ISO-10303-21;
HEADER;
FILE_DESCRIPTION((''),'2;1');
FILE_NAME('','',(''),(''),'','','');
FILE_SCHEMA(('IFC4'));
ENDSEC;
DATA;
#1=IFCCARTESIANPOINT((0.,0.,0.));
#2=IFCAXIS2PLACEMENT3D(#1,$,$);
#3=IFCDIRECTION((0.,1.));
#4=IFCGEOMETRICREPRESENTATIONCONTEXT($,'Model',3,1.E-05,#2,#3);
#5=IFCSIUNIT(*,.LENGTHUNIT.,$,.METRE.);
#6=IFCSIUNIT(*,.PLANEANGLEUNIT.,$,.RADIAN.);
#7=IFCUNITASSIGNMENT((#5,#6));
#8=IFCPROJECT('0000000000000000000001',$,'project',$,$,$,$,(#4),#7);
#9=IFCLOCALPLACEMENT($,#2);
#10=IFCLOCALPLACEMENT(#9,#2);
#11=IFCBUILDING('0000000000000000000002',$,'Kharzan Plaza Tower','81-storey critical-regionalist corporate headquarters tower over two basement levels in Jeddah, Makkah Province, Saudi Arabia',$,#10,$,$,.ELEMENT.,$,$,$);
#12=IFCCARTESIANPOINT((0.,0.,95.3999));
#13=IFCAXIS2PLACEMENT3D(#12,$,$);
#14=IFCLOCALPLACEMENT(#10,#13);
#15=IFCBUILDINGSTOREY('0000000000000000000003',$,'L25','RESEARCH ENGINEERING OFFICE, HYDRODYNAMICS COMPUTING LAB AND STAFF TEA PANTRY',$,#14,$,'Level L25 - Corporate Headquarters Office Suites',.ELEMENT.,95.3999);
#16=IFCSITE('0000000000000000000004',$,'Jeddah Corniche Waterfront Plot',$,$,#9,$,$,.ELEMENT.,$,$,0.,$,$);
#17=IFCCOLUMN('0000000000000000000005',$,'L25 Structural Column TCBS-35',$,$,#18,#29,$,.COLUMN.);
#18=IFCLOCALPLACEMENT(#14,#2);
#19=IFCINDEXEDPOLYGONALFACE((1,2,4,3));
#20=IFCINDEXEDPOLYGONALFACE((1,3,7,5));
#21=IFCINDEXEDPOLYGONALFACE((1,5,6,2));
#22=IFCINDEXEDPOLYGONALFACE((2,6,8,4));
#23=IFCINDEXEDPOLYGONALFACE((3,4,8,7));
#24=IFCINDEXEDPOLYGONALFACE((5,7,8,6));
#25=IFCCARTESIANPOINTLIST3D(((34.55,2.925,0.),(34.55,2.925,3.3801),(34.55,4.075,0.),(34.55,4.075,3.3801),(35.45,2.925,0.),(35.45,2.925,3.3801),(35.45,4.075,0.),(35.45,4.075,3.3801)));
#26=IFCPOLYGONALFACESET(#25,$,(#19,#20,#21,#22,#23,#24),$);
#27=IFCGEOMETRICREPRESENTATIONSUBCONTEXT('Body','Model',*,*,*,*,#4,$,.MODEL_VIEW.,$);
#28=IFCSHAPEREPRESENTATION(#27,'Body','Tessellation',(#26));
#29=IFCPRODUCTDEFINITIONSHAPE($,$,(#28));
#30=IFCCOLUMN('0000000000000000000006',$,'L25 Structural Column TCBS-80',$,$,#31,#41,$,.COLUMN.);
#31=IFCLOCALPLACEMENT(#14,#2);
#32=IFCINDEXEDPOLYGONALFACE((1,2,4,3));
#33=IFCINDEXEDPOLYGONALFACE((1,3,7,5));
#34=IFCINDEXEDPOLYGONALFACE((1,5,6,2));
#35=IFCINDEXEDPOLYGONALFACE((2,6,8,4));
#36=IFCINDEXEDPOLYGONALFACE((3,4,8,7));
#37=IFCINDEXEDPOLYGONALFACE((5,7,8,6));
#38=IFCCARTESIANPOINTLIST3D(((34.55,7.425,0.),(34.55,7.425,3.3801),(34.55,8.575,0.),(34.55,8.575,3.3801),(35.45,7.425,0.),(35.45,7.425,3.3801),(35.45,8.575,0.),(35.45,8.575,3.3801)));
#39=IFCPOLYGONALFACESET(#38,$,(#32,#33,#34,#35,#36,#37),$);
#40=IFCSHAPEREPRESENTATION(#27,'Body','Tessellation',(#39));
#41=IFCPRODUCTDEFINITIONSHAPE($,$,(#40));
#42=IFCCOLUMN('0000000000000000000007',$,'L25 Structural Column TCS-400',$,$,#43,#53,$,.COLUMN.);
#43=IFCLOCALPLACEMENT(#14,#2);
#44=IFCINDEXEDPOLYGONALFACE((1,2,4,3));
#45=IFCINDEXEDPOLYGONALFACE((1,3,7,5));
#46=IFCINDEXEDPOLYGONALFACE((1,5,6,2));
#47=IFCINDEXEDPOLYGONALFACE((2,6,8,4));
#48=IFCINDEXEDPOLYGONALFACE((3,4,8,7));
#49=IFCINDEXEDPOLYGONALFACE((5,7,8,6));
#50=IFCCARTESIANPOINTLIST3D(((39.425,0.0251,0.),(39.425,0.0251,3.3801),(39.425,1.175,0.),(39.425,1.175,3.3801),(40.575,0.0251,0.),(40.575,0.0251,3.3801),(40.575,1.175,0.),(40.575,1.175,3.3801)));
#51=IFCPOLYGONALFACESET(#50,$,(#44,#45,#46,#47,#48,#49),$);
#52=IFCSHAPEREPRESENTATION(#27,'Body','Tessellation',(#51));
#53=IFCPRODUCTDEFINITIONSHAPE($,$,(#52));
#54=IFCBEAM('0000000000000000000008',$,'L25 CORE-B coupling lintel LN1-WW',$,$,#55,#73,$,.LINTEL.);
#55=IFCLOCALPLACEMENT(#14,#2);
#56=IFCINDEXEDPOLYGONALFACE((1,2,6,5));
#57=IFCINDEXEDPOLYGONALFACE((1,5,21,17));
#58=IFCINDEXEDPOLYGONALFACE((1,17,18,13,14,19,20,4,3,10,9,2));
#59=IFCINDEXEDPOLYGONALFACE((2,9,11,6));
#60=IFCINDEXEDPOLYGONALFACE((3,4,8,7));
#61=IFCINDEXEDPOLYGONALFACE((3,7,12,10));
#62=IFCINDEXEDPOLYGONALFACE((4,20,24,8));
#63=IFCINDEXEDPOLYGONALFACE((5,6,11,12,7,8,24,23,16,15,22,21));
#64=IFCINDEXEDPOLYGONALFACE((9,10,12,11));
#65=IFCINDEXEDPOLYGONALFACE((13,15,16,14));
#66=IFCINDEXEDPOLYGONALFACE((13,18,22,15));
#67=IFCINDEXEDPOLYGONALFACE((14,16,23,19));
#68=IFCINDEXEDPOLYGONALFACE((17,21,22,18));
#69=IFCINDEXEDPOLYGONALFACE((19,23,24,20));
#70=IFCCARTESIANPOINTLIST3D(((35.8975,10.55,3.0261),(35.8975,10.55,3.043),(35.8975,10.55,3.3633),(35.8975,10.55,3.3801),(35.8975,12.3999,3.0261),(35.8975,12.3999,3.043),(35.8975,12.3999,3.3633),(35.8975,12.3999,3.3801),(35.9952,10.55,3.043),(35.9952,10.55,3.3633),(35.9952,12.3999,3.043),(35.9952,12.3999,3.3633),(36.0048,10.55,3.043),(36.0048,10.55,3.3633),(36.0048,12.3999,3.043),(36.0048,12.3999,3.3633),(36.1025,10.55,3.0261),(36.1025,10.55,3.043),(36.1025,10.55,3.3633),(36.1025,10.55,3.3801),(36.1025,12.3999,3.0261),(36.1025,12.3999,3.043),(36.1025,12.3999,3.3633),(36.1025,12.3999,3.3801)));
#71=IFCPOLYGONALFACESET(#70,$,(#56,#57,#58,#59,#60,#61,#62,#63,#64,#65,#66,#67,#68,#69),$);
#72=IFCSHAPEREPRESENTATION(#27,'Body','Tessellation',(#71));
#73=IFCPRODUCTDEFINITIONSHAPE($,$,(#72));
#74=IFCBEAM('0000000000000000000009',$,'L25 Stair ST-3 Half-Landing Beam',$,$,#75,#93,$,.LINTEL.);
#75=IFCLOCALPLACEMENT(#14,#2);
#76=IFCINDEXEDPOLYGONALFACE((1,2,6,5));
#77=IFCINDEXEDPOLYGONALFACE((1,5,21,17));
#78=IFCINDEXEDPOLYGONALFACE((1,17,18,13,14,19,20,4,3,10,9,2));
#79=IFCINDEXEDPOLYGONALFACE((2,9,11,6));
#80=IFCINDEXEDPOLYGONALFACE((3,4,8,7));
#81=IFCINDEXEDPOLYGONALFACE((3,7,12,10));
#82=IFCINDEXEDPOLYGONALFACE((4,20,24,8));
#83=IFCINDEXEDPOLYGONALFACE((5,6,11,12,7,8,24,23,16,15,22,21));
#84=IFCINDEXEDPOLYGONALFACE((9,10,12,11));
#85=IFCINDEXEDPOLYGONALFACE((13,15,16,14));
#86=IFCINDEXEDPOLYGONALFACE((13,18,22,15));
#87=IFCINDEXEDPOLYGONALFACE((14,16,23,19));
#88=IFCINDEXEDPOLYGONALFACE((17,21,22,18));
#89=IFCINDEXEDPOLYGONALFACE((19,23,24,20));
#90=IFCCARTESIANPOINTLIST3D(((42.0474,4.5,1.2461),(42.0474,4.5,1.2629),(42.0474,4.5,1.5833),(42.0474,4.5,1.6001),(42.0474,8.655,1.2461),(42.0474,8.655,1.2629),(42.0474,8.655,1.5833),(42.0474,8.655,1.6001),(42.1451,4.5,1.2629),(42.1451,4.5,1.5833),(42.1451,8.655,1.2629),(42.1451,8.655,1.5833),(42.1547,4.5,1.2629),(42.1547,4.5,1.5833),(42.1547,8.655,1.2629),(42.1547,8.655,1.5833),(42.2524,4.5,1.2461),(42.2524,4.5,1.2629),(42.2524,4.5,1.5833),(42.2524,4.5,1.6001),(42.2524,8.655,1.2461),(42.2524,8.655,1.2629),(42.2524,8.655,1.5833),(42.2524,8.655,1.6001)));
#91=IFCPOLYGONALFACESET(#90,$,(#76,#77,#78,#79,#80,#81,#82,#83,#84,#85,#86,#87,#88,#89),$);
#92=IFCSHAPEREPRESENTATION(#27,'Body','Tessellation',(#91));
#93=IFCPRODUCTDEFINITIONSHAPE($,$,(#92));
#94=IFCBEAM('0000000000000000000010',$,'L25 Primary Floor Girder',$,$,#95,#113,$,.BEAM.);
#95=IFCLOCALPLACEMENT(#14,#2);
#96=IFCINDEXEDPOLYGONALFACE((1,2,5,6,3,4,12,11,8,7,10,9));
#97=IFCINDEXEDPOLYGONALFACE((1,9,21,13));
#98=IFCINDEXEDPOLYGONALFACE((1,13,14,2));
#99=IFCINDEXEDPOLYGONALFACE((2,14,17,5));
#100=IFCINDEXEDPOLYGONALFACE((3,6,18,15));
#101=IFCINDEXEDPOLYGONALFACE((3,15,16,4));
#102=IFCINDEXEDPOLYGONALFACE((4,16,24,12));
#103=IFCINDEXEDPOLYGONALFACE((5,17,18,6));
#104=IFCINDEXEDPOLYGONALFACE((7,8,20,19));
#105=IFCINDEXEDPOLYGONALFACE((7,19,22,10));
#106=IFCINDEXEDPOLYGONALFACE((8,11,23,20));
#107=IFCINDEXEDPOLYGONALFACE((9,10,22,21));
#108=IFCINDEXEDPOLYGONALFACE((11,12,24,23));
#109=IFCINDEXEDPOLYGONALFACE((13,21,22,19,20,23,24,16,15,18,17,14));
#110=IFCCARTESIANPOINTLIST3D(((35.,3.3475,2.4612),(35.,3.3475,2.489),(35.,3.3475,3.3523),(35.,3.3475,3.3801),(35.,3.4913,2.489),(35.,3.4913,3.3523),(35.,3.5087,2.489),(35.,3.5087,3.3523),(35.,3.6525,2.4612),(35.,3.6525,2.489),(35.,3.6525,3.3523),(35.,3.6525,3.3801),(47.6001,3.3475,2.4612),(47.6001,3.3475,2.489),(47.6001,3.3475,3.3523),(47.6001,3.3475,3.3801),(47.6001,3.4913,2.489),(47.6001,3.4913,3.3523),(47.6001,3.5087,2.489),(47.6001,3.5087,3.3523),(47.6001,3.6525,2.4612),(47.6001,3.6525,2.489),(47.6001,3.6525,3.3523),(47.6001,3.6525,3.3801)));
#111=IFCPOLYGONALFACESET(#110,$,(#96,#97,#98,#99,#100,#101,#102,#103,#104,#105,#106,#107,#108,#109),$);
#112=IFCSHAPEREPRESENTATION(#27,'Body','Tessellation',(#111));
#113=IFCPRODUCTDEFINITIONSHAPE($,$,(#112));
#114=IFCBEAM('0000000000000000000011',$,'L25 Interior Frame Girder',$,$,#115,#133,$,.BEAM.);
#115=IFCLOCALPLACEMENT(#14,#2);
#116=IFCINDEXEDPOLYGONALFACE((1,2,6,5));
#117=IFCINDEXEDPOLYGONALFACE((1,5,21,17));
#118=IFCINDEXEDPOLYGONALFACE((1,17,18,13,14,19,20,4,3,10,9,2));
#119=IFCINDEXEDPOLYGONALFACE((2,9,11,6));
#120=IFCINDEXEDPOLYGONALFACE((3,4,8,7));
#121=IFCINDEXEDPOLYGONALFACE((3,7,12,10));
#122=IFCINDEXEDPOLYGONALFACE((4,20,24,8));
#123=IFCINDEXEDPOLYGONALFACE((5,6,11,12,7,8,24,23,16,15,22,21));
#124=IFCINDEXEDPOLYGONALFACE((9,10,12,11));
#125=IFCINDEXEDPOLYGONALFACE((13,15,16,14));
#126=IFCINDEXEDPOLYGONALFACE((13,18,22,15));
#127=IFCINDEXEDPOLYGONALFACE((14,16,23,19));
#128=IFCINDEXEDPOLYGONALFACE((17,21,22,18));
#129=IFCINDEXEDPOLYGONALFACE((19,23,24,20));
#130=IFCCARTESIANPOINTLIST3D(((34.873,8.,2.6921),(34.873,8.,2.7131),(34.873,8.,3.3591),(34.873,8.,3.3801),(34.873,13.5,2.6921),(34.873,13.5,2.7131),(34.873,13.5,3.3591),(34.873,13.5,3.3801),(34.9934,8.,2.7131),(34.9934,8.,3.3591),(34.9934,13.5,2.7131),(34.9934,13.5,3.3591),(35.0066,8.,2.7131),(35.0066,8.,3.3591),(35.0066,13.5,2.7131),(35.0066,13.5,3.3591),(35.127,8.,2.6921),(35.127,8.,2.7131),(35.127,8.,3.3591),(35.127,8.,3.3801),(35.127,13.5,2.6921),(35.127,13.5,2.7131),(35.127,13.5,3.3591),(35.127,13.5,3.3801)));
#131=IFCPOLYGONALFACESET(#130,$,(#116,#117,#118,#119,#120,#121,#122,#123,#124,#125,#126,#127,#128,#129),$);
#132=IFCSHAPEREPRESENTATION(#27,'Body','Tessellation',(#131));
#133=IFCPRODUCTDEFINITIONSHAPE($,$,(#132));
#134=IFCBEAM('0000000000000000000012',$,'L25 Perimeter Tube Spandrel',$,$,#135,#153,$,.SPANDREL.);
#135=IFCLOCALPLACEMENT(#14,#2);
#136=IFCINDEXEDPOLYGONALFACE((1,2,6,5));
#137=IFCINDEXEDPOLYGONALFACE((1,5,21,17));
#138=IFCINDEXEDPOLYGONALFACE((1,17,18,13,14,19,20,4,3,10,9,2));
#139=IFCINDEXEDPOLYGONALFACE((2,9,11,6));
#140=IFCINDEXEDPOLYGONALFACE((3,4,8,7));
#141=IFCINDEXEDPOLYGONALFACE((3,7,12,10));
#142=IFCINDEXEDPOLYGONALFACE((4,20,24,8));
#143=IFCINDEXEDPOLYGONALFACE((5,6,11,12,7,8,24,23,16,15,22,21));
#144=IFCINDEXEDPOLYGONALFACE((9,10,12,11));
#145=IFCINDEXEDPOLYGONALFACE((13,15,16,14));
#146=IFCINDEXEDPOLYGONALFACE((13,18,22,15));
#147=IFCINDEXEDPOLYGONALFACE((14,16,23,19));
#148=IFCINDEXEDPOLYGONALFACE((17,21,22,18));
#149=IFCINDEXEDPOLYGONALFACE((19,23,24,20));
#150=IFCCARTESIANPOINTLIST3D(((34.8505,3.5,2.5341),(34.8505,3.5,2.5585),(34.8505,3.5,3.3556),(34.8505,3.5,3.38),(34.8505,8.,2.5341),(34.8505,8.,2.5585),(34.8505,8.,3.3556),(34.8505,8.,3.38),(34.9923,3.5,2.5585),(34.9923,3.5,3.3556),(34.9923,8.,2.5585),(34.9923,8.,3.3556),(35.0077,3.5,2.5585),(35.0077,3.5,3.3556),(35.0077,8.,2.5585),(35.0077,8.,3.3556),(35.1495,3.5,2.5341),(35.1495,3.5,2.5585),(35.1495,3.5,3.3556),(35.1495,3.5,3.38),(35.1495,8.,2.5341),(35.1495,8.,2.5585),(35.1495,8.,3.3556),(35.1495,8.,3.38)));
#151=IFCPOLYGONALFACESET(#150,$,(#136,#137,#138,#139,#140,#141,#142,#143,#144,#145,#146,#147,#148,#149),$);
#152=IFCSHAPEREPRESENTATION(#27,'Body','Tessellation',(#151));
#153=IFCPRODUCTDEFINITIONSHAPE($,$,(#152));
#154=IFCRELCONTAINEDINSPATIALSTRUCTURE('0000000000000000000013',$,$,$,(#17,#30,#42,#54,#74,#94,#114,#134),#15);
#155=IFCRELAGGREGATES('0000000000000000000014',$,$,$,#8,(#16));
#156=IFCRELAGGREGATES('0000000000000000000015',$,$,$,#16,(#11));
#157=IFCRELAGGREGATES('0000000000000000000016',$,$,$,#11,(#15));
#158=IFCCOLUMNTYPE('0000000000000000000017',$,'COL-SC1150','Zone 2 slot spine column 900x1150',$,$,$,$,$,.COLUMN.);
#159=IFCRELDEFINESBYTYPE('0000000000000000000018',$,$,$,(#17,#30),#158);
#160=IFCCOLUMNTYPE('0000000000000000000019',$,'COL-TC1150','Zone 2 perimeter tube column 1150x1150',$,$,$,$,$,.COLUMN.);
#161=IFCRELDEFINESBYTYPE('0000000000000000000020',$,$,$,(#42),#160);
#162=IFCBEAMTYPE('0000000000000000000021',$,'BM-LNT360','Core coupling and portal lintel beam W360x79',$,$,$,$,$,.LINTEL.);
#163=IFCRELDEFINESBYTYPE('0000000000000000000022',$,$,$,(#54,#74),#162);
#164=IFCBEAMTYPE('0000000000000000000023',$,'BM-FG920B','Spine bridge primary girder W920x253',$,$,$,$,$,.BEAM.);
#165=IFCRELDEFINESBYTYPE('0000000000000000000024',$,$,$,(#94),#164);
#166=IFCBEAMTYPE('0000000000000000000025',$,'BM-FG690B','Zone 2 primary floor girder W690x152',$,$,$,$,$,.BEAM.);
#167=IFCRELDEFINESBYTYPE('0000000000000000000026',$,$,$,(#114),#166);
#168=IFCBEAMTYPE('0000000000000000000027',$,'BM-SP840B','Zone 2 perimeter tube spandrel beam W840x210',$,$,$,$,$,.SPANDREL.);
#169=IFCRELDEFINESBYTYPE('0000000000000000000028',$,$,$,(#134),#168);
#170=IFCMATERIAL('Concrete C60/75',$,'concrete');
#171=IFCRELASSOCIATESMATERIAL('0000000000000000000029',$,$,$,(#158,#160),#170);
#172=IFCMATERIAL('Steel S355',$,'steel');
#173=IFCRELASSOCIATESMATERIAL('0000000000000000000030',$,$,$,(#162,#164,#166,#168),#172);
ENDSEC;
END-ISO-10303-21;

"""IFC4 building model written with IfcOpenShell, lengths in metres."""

from ifc_helpers import new_model, si_unit, direction, frame, origin, origin_2d, place, context, subcontext, project, spatial, rectangle, i_section, extrude, source, transform, mapped, material, material_profile, profile_set, type_object, element, save


model = new_model("IFC4")

# Units and contexts
model_context = context("Model", 3, precision=1e-05, world=origin(), true_north=direction((0.0, 1.0)))
body_context = subcontext(model_context, "Body", "Model", "MODEL_VIEW")
ifc_project = project(units=[si_unit("LENGTHUNIT", "METRE"), si_unit("PLANEANGLEUNIT", "RADIAN")], contexts=[model_context])

# Site, building, storey
site_placement = place(None, origin())
site = spatial("IfcSite", under=ifc_project, at=site_placement, Name="Jeddah Corniche Waterfront Plot", CompositionType="ELEMENT", RefElevation=0.0)
building_placement = place(site_placement, origin())
building = spatial("IfcBuilding", under=site, at=building_placement, Name="Kharzan Plaza Tower", Description="81-storey critical-regionalist corporate headquarters tower over two basement levels in Jeddah, Makkah Province, Saudi Arabia", CompositionType="ELEMENT")
storey_placement = place(building_placement, frame((0.0, 0.0, 95.3999)))
storey = spatial("IfcBuildingStorey", under=building, at=storey_placement, Name="L25", Description="RESEARCH ENGINEERING OFFICE, HYDRODYNAMICS COMPUTING LAB AND STAFF TEA PANTRY", LongName="Level L25 - Corporate Headquarters Office Suites", CompositionType="ELEMENT", Elevation=95.3999)

# Columns
ifc_material_1 = material(Name="Concrete C60/75", Category="concrete")
ifc_material_profile_1 = material_profile(ifc_material_1, rectangle(XDim=0.8999, YDim=1.1499, at=origin_2d()), Name="RC-SC1150x900")
ifc_profile_set_1 = profile_set([ifc_material_profile_1], Name="Concrete C60/75")
column_type_1 = type_object("IfcColumnType", Name="COL-SC1150", Description="Zone 2 slot spine column 900x1150", PredefinedType="COLUMN", material=ifc_profile_set_1)
shared_shape_1 = source(origin(), body_context, "Body", "SweptSolid", [
    extrude(rectangle(XDim=0.8999, YDim=1.1499, at=origin_2d()), origin(), (0.0, 0.0, 1.0), 3.3801),
])
for number, where, z_axis, x_axis, name in (
    (1, (35.0, 3.5, 0.0), (0.0, 0.0, 1.0), (1.0, 0.0, 0.0), "L25 Structural Column TCBS-35"),
    (2, (35.0, 8.0, 0.0), (0.0, 0.0, 1.0), (1.0, 0.0, 0.0), "L25 Structural Column TCBS-80"),
):
    element("IfcColumn", number, at=place(storey_placement, frame(where, z_axis=z_axis, x_axis=x_axis)), inside=storey, type_object=column_type_1, Name=name, PredefinedType="COLUMN", context=body_context, shape_type="MappedRepresentation", body=[
        mapped(shared_shape_1, transform((0.0, 0.0, 0.0), x_axis=(1.0, 0.0, 0.0), y_axis=(0.0, 1.0, 0.0), z_axis=(0.0, 0.0, 1.0))),
    ])
ifc_material_profile_2 = material_profile(ifc_material_1, rectangle(XDim=1.1499, YDim=1.1499, at=origin_2d()), Name="RC-TC1150x1150")
ifc_profile_set_2 = profile_set([ifc_material_profile_2], Name="Concrete C60/75")
column_type_2 = type_object("IfcColumnType", Name="COL-TC1150", Description="Zone 2 perimeter tube column 1150x1150", PredefinedType="COLUMN", material=ifc_profile_set_2)
shared_shape_2 = source(origin(), body_context, "Body", "SweptSolid", [
    extrude(rectangle(XDim=1.1499, YDim=1.1499, at=origin_2d()), origin(), (0.0, 0.0, 1.0), 3.3801),
])
column_placement = place(storey_placement, frame((40.0, 0.6001, 0.0), z_axis=(0.0, 0.0, 1.0), x_axis=(1.0, 0.0, 0.0)))
element("IfcColumn", 3, at=column_placement, inside=storey, type_object=column_type_2, Name="L25 Structural Column TCS-400", PredefinedType="COLUMN", context=body_context, shape_type="MappedRepresentation", body=[
    mapped(shared_shape_2, transform((0.0, 0.0, 0.0), x_axis=(1.0, 0.0, 0.0), y_axis=(0.0, 1.0, 0.0), z_axis=(0.0, 0.0, 1.0))),
])

# Beams
ifc_material_2 = material(Name="Steel S355", Category="steel")
ifc_material_profile_3 = material_profile(ifc_material_2, i_section(OverallWidth=0.2051, OverallDepth=0.354, WebThickness=0.0095, FlangeThickness=0.0168, at=origin_2d()), Name="W360x79")
ifc_profile_set_3 = profile_set([ifc_material_profile_3], Name="Steel S355")
beam_type_1 = type_object("IfcBeamType", Name="BM-LNT360", Description="Core coupling and portal lintel beam W360x79", PredefinedType="LINTEL", material=ifc_profile_set_3)
shared_shape_3 = source(origin(), body_context, "Body", "SweptSolid", [
    extrude(i_section(OverallWidth=0.2051, OverallDepth=0.354, WebThickness=0.0095, FlangeThickness=0.0168, at=origin_2d()), origin(), (0.0, 0.0, 1.0), 1.8499),
])
beam_1_placement = place(storey_placement, frame((36.0, 10.55, 3.2031), z_axis=(0.0, 1.0, 0.0), x_axis=(-1.0, 0.0, 0.0)))
element("IfcBeam", 4, at=beam_1_placement, inside=storey, type_object=beam_type_1, Name="L25 CORE-B coupling lintel LN1-WW", PredefinedType="LINTEL", context=body_context, shape_type="MappedRepresentation", body=[
    mapped(shared_shape_3, transform((0.0, 0.0, 0.0), x_axis=(1.0, 0.0, 0.0), y_axis=(0.0, 1.0, 0.0), z_axis=(0.0, 0.0, 1.0))),
])
shared_shape_4 = source(origin(), body_context, "Body", "SweptSolid", [
    extrude(i_section(OverallWidth=0.2051, OverallDepth=0.354, WebThickness=0.0095, FlangeThickness=0.0168, at=origin_2d()), origin(), (0.0, 0.0, 1.0), 4.155),
])
beam_2_placement = place(storey_placement, frame((42.1499, 4.5, 1.4231), z_axis=(0.0, 1.0, 0.0), x_axis=(-1.0, 0.0, 0.0)))
element("IfcBeam", 5, at=beam_2_placement, inside=storey, type_object=beam_type_1, Name="L25 Stair ST-3 Half-Landing Beam", PredefinedType="LINTEL", context=body_context, shape_type="MappedRepresentation", body=[
    mapped(shared_shape_4, transform((0.0, 0.0, 0.0), x_axis=(1.0, 0.0, 0.0), y_axis=(0.0, 1.0, 0.0), z_axis=(0.0, 0.0, 1.0))),
])
ifc_material_profile_4 = material_profile(ifc_material_2, i_section(OverallWidth=0.3049, OverallDepth=0.9189, WebThickness=0.0173, FlangeThickness=0.0278, at=origin_2d()), Name="W920x253")
ifc_profile_set_4 = profile_set([ifc_material_profile_4], Name="Steel S355")
beam_type_2 = type_object("IfcBeamType", Name="BM-FG920B", Description="Spine bridge primary girder W920x253", PredefinedType="BEAM", material=ifc_profile_set_4)
shared_shape_5 = source(origin(), body_context, "Body", "SweptSolid", [
    extrude(i_section(OverallWidth=0.3049, OverallDepth=0.9189, WebThickness=0.0173, FlangeThickness=0.0278, at=origin_2d()), origin(), (0.0, 0.0, 1.0), 12.6001),
])
beam_3_placement = place(storey_placement, frame((35.0, 3.5, 2.9207), z_axis=(1.0, 0.0, 0.0), x_axis=(0.0, 1.0, 0.0)))
element("IfcBeam", 6, at=beam_3_placement, inside=storey, type_object=beam_type_2, Name="L25 Primary Floor Girder", PredefinedType="BEAM", context=body_context, shape_type="MappedRepresentation", body=[
    mapped(shared_shape_5, transform((0.0, 0.0, 0.0), x_axis=(1.0, 0.0, 0.0), y_axis=(0.0, 1.0, 0.0), z_axis=(0.0, 0.0, 1.0))),
])
ifc_material_profile_5 = material_profile(ifc_material_2, i_section(OverallWidth=0.2539, OverallDepth=0.688, WebThickness=0.0132, FlangeThickness=0.021, at=origin_2d()), Name="W690x152")
ifc_profile_set_5 = profile_set([ifc_material_profile_5], Name="Steel S355")
beam_type_3 = type_object("IfcBeamType", Name="BM-FG690B", Description="Zone 2 primary floor girder W690x152", PredefinedType="BEAM", material=ifc_profile_set_5)
shared_shape_6 = source(origin(), body_context, "Body", "SweptSolid", [
    extrude(i_section(OverallWidth=0.2539, OverallDepth=0.688, WebThickness=0.0132, FlangeThickness=0.021, at=origin_2d()), origin(), (0.0, 0.0, 1.0), 5.5),
])
beam_4_placement = place(storey_placement, frame((35.0, 8.0, 3.0361), z_axis=(0.0, 1.0, 0.0), x_axis=(-1.0, 0.0, 0.0)))
element("IfcBeam", 7, at=beam_4_placement, inside=storey, type_object=beam_type_3, Name="L25 Interior Frame Girder", PredefinedType="BEAM", context=body_context, shape_type="MappedRepresentation", body=[
    mapped(shared_shape_6, transform((0.0, 0.0, 0.0), x_axis=(1.0, 0.0, 0.0), y_axis=(0.0, 1.0, 0.0), z_axis=(0.0, 0.0, 1.0))),
])
ifc_material_profile_6 = material_profile(ifc_material_2, i_section(OverallWidth=0.2991, OverallDepth=0.8459, WebThickness=0.0154, FlangeThickness=0.0244, at=origin_2d()), Name="W840x210")
ifc_profile_set_6 = profile_set([ifc_material_profile_6], Name="Steel S355")
beam_type_4 = type_object("IfcBeamType", Name="BM-SP840B", Description="Zone 2 perimeter tube spandrel beam W840x210", PredefinedType="SPANDREL", material=ifc_profile_set_6)
shared_shape_7 = source(origin(), body_context, "Body", "SweptSolid", [
    extrude(i_section(OverallWidth=0.2991, OverallDepth=0.8459, WebThickness=0.0154, FlangeThickness=0.0244, at=origin_2d()), origin(), (0.0, 0.0, 1.0), 4.5),
])
beam_5_placement = place(storey_placement, frame((35.0, 3.5, 2.957), z_axis=(0.0, 1.0, 0.0), x_axis=(-1.0, 0.0, 0.0)))
element("IfcBeam", 8, at=beam_5_placement, inside=storey, type_object=beam_type_4, Name="L25 Perimeter Tube Spandrel", PredefinedType="SPANDREL", context=body_context, shape_type="MappedRepresentation", body=[
    mapped(shared_shape_7, transform((0.0, 0.0, 0.0), x_axis=(1.0, 0.0, 0.0), y_axis=(0.0, 1.0, 0.0), z_axis=(0.0, 0.0, 1.0))),
])

save(model, "model.ifc")
